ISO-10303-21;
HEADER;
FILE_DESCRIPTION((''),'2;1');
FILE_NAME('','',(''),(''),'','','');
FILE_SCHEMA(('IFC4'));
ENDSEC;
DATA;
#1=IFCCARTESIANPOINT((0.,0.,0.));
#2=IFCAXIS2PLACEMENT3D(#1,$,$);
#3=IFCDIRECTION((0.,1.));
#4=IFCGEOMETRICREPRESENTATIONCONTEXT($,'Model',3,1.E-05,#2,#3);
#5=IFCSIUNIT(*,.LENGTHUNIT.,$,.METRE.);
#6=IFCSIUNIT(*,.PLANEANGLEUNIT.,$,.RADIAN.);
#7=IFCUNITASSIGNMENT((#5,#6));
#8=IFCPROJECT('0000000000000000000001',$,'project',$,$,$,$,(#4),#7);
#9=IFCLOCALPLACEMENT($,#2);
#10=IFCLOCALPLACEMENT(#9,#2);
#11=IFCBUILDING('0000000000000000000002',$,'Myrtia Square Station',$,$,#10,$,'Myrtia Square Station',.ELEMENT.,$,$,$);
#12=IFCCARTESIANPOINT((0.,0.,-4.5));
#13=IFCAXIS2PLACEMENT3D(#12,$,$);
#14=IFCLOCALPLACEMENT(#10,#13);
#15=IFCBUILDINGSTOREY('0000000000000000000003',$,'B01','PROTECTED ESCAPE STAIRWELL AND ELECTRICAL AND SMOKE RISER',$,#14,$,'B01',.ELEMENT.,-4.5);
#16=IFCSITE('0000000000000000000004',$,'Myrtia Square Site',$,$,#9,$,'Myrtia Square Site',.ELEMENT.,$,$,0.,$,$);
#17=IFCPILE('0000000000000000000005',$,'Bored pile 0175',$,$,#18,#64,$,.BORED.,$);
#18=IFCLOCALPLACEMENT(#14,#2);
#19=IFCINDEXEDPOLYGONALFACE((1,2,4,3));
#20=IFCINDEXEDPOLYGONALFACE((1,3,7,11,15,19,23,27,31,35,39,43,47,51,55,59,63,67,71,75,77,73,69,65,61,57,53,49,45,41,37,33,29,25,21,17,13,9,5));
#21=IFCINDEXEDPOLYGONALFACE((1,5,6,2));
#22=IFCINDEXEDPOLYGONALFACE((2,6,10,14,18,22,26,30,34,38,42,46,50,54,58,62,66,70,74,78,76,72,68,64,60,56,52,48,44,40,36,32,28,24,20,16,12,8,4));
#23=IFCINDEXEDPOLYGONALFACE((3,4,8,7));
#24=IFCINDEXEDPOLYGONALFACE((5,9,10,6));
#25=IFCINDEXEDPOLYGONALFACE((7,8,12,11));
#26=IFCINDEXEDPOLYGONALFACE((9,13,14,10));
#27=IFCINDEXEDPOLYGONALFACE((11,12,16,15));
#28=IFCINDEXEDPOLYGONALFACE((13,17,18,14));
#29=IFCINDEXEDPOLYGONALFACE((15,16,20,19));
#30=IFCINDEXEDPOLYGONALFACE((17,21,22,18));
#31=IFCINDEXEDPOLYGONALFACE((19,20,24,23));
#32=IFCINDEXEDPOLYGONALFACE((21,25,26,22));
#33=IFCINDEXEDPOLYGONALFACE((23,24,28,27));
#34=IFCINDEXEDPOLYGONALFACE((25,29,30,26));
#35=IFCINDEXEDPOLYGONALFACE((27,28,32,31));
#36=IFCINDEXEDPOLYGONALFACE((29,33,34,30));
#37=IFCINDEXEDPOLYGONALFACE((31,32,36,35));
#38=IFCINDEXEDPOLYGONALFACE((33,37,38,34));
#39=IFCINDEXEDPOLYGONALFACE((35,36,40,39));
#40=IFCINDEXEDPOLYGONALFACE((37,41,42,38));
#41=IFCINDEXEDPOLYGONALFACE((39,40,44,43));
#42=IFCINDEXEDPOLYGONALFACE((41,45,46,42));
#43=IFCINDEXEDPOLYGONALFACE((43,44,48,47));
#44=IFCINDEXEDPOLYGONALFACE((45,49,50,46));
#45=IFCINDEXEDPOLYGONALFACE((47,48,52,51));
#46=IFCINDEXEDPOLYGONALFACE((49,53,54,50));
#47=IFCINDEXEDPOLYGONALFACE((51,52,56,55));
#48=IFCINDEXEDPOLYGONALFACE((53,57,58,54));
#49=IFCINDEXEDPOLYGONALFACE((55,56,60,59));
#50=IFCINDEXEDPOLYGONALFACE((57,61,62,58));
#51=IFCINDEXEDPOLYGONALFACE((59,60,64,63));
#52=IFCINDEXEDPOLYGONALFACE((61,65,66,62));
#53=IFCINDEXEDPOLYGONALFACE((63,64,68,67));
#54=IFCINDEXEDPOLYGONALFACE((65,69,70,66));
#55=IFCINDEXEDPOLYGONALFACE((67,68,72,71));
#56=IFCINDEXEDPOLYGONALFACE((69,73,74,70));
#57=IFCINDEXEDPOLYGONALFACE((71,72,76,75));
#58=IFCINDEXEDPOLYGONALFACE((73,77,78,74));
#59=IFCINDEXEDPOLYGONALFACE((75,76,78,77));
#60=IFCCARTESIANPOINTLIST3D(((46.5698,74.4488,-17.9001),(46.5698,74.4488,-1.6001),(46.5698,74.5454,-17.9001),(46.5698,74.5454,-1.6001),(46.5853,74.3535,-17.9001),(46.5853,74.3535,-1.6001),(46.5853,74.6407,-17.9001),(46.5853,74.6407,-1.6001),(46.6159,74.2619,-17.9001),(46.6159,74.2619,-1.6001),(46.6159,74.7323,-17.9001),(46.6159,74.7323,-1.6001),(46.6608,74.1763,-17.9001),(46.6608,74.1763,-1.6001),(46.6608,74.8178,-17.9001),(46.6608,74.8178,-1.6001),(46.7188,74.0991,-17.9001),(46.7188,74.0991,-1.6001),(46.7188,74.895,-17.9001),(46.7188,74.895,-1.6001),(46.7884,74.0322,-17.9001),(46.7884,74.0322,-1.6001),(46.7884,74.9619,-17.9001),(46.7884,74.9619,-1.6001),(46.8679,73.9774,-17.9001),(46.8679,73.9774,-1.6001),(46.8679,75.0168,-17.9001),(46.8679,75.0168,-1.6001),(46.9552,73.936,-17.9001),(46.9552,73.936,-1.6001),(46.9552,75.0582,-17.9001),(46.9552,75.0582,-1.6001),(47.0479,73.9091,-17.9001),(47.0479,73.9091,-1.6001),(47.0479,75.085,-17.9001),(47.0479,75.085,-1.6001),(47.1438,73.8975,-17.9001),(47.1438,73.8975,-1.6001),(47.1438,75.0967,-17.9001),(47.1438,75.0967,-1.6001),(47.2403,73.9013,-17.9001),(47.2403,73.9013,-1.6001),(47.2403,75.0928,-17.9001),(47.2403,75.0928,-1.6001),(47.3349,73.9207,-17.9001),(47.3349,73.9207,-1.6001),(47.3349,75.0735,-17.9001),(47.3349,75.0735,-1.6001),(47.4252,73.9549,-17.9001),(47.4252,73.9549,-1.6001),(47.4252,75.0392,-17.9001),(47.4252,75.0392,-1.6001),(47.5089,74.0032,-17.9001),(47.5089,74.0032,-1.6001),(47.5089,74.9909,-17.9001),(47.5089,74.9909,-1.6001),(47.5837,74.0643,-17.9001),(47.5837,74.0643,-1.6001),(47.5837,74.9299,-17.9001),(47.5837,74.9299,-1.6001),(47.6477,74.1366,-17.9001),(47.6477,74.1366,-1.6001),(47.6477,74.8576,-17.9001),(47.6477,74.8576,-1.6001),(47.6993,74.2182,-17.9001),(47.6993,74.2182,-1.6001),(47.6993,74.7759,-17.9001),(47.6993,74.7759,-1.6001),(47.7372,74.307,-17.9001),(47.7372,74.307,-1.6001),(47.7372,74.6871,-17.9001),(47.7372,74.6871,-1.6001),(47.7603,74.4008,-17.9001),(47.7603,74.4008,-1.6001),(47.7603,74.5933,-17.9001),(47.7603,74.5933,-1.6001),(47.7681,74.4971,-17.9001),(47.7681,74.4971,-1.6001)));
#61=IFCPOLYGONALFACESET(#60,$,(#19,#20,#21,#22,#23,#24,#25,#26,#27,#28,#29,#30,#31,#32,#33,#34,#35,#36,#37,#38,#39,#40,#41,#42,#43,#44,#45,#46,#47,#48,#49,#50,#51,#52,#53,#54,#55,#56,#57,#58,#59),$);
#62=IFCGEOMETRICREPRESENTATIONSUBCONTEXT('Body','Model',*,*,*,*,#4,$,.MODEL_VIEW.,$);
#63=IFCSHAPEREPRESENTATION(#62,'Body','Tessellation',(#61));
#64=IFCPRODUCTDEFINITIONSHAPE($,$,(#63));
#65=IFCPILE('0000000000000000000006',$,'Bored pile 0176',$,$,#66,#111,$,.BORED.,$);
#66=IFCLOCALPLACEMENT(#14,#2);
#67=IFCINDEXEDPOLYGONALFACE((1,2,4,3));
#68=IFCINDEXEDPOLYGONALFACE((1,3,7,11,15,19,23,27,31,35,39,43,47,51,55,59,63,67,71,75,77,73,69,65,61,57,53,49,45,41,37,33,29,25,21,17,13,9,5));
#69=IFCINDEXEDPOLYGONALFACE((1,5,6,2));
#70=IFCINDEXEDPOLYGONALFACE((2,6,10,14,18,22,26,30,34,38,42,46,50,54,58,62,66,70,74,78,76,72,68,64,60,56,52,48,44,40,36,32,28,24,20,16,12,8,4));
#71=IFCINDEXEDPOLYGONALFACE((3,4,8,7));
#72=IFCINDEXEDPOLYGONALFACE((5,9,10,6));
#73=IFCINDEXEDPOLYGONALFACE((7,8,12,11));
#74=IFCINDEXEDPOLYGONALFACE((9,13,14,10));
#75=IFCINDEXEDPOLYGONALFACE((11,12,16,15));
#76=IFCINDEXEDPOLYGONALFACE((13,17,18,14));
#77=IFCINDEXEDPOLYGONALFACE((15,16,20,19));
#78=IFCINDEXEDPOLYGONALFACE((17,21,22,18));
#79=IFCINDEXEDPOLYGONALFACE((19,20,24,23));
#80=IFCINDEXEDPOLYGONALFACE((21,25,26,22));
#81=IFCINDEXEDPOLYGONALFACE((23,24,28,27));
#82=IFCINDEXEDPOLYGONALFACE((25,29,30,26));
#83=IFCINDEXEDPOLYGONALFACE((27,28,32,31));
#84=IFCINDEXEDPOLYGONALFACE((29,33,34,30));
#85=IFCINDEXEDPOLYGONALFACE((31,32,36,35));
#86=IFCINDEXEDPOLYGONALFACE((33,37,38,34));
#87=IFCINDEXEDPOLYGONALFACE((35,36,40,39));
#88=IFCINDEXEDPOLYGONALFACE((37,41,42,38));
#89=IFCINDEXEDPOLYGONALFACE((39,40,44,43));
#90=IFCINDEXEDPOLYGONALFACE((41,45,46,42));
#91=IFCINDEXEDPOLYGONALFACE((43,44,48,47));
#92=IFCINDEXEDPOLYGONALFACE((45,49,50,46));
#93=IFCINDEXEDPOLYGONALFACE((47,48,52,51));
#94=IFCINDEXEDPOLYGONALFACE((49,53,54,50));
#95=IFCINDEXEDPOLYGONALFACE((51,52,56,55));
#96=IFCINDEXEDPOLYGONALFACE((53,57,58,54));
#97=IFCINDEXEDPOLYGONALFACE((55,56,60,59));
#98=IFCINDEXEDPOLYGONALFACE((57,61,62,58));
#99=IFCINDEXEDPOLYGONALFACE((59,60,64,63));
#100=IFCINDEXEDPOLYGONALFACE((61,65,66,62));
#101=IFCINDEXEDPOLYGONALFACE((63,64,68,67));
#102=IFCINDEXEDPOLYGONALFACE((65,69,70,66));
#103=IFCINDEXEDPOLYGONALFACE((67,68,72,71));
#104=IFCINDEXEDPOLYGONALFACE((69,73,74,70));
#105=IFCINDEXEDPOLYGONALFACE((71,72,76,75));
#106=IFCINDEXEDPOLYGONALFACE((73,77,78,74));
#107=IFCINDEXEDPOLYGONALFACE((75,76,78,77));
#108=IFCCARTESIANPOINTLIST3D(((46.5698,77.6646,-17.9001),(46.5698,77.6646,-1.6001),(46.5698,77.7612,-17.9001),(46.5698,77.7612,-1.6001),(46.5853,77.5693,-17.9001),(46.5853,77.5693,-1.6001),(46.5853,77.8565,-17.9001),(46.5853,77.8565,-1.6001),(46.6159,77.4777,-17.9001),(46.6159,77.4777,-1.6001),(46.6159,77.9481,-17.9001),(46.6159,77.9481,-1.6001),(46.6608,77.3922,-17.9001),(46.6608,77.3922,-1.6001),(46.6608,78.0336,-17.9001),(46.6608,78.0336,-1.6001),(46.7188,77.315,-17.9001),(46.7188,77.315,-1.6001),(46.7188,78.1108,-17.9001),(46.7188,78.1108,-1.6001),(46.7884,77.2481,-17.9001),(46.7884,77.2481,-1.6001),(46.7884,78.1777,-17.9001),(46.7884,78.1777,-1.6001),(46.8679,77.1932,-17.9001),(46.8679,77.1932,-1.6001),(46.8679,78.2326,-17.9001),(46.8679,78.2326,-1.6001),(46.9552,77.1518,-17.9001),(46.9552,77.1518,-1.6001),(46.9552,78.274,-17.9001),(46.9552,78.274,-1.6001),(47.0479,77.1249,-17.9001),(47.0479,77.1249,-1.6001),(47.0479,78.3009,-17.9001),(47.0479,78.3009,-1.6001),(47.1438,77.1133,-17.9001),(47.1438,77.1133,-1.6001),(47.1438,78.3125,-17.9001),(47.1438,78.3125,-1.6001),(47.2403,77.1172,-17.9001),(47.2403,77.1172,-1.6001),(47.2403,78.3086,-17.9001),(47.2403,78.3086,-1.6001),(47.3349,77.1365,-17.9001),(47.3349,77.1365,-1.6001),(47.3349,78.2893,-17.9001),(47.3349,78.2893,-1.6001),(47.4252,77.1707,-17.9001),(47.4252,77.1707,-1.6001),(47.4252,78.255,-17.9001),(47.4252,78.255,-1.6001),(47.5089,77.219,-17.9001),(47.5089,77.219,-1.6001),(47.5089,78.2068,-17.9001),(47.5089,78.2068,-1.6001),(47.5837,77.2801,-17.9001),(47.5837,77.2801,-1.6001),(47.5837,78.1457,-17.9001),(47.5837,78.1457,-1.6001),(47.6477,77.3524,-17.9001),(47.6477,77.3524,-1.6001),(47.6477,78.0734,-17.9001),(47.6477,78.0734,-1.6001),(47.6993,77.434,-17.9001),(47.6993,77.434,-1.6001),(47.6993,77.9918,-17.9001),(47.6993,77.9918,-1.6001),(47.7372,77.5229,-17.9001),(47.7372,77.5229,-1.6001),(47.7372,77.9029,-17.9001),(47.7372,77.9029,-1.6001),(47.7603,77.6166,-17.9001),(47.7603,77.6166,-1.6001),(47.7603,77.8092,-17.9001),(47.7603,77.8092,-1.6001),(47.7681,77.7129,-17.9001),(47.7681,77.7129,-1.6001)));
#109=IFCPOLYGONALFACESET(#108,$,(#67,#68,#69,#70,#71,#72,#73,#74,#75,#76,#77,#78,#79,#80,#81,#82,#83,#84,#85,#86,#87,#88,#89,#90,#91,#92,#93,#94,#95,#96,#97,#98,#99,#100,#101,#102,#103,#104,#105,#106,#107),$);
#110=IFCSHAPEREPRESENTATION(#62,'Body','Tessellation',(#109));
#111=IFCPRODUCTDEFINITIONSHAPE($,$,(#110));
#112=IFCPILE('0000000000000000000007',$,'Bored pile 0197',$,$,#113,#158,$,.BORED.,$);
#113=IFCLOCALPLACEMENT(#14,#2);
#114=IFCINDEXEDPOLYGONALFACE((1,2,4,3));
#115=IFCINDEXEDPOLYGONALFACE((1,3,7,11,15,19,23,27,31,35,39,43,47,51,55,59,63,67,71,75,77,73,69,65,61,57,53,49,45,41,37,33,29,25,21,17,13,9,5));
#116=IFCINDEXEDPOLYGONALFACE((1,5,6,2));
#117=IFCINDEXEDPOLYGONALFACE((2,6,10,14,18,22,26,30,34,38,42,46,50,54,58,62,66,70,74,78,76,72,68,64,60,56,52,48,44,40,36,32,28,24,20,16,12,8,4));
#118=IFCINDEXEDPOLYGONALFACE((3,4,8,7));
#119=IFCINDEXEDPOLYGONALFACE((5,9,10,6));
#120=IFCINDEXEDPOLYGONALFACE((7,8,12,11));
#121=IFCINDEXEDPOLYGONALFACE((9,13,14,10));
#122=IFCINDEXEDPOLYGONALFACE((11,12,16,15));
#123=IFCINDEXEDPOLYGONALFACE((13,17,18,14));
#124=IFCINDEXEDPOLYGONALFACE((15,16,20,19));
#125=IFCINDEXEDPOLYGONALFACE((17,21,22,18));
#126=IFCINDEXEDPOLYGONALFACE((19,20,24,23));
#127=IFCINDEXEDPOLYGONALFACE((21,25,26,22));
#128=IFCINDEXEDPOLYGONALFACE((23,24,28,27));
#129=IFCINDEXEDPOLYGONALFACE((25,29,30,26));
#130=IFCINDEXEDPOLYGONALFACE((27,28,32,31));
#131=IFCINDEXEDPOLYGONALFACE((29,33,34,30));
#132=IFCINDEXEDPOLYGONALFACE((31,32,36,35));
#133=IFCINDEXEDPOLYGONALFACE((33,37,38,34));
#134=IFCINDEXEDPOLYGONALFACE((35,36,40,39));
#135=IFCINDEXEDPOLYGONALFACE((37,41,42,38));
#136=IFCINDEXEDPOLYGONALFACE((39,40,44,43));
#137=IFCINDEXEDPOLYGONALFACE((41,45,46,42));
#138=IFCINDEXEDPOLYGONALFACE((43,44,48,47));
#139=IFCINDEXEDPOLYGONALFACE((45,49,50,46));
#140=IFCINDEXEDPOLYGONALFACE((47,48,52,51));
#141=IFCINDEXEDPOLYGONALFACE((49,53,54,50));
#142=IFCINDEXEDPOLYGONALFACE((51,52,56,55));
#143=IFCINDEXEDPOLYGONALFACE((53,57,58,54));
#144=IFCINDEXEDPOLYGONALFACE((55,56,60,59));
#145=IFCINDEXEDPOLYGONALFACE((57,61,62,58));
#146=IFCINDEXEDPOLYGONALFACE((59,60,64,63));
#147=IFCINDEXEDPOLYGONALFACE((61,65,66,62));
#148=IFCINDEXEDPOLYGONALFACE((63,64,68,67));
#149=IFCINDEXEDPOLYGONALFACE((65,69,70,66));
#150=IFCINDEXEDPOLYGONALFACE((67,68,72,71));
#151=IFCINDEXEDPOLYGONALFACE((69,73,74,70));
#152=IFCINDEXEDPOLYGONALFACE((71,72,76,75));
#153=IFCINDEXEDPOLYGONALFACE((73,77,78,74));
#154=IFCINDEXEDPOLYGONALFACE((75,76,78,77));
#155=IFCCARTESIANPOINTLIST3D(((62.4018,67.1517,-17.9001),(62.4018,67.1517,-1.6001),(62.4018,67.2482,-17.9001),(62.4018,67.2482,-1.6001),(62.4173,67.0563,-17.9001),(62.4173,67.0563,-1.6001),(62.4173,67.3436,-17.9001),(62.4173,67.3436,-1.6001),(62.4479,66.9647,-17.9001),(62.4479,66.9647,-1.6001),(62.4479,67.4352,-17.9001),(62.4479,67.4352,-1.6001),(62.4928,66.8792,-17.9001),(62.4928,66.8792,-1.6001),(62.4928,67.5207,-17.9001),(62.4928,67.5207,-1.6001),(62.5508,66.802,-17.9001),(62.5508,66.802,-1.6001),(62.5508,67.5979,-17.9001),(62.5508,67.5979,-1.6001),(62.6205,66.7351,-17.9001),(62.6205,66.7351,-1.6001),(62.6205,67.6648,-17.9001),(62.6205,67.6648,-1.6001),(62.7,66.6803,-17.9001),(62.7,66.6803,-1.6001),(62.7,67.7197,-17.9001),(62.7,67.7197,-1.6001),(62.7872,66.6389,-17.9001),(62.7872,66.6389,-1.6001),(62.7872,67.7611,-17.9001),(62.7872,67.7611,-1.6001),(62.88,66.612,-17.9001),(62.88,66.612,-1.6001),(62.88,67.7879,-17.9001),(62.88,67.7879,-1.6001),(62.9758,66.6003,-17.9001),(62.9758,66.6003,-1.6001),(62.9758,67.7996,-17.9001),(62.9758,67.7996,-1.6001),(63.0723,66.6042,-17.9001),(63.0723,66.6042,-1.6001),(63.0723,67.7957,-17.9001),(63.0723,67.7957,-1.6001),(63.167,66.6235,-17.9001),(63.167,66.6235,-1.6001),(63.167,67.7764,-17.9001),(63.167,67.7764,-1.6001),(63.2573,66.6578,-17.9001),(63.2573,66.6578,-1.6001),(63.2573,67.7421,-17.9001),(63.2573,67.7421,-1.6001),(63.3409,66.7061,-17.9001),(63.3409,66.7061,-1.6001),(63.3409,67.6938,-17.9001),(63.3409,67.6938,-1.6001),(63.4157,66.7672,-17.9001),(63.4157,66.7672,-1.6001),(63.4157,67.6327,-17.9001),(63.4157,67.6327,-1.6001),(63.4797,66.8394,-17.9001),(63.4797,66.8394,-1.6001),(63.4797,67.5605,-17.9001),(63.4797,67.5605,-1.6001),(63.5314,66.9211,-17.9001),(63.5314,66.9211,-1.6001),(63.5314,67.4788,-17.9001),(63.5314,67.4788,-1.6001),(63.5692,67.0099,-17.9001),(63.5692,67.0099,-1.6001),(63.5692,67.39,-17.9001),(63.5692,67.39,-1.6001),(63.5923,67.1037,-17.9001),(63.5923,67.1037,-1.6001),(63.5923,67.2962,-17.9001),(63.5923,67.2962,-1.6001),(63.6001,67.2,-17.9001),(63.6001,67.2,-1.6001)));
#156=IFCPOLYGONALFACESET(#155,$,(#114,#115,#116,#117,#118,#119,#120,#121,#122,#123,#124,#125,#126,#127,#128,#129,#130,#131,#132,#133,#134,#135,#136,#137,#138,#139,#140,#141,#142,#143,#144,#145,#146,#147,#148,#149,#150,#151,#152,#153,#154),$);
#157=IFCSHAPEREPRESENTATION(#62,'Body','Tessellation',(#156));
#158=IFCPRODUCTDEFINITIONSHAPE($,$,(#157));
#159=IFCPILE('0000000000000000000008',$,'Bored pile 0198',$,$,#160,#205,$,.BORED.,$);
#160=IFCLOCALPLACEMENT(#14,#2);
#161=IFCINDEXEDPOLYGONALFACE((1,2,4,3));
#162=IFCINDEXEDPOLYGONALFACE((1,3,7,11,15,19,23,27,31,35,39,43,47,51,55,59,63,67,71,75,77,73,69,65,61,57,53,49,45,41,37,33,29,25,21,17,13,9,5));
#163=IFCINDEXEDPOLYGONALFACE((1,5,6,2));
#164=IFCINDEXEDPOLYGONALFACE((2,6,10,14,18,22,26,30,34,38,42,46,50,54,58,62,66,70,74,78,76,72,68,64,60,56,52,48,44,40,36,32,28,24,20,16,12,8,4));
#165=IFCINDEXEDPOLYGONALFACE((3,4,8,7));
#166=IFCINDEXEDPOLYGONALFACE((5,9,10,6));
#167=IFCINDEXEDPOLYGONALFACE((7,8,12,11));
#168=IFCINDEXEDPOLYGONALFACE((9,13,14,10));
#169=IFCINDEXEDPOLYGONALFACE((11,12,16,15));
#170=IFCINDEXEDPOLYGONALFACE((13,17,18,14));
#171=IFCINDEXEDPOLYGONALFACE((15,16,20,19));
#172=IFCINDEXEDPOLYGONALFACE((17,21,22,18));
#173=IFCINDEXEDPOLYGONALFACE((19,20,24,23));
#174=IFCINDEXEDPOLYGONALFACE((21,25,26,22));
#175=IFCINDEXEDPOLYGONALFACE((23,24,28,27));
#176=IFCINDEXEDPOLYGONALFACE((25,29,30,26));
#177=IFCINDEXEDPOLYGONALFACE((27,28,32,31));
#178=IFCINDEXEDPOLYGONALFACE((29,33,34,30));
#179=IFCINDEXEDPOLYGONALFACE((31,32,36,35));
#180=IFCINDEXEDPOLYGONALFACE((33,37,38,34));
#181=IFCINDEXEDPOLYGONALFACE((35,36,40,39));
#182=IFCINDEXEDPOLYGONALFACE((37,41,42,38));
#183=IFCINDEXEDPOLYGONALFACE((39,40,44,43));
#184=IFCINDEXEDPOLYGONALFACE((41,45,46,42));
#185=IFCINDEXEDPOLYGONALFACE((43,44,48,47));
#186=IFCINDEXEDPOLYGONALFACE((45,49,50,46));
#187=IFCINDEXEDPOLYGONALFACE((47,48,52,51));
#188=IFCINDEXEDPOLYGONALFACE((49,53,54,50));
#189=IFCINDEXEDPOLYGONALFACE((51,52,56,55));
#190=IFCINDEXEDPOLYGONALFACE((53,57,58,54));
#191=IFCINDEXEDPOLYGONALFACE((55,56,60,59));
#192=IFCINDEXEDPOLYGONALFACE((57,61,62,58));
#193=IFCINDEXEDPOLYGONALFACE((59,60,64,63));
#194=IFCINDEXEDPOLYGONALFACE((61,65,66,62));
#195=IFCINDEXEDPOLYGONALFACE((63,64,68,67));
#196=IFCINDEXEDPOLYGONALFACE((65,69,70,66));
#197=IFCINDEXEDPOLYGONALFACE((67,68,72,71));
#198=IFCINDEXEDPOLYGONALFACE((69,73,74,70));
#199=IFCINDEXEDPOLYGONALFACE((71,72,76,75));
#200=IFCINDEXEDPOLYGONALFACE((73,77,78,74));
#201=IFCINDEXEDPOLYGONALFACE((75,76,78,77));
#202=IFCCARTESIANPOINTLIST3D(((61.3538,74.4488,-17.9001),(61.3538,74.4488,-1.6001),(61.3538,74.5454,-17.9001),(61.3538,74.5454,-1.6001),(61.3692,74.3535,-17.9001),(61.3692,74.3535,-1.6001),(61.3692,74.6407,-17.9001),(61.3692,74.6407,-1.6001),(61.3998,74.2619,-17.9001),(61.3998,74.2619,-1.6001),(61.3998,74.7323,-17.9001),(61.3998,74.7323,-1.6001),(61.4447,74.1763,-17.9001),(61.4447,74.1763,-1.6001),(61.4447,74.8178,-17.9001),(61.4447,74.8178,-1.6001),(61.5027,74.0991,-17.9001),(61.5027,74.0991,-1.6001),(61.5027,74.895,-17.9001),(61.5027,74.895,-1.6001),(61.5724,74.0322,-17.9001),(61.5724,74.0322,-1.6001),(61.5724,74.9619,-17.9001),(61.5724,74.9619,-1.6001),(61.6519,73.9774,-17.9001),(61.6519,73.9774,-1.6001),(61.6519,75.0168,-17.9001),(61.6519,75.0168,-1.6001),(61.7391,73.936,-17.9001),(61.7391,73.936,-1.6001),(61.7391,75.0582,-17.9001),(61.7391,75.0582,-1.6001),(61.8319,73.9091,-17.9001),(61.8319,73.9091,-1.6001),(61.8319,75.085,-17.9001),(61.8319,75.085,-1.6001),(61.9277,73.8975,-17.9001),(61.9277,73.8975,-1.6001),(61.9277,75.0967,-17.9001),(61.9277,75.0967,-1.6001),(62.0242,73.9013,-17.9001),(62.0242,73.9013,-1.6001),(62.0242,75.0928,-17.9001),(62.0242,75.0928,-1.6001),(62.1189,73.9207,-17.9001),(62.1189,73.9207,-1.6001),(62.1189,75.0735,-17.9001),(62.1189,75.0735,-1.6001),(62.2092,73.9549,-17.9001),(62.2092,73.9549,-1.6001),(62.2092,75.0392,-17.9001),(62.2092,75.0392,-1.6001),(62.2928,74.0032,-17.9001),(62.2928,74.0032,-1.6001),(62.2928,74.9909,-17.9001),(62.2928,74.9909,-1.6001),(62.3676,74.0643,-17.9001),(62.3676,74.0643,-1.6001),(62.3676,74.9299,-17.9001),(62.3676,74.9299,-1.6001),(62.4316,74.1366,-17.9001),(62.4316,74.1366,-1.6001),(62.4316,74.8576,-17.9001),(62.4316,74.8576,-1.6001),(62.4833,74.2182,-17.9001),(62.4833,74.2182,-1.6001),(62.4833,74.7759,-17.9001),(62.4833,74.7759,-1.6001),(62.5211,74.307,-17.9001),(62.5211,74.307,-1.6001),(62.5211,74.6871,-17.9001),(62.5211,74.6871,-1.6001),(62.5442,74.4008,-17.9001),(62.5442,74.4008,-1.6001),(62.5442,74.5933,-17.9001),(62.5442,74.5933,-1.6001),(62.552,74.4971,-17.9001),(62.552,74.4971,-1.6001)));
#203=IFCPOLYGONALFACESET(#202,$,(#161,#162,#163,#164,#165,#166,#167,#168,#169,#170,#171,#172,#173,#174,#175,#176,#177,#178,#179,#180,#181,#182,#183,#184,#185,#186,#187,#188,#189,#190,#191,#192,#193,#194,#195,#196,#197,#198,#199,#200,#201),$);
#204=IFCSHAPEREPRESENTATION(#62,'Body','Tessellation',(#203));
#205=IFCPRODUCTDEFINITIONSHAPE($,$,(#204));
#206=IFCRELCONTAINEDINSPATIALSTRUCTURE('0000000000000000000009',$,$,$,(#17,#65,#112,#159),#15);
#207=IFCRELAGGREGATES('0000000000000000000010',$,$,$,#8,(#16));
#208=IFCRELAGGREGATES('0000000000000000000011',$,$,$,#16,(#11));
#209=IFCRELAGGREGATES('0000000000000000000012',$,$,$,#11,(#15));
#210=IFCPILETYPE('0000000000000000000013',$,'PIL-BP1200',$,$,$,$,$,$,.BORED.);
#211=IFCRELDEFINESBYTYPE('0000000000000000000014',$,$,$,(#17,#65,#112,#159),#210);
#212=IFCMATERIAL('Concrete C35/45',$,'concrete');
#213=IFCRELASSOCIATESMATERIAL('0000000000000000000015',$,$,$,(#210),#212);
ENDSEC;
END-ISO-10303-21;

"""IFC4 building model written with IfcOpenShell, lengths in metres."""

from ifc_helpers import new_model, si_unit, direction, frame, origin, origin_2d, place, context, subcontext, project, spatial, circle, extrude, material, material_profile, profile_set, type_object, element, save


model = new_model("IFC4")

# Units and contexts
model_context = context("Model", 3, precision=1e-05, world=origin(), true_north=direction((0.0, 1.0)))
body_context = subcontext(model_context, "Body", "Model", "MODEL_VIEW")
ifc_project = project(units=[si_unit("LENGTHUNIT", "METRE"), si_unit("PLANEANGLEUNIT", "RADIAN")], contexts=[model_context])

# Site, building, storey
site_placement = place(None, origin())
site = spatial("IfcSite", under=ifc_project, at=site_placement, Name="Myrtia Square Site", LongName="Myrtia Square Site", CompositionType="ELEMENT", RefElevation=0.0)
building_placement = place(site_placement, origin())
building = spatial("IfcBuilding", under=site, at=building_placement, Name="Myrtia Square Station", LongName="Myrtia Square Station", CompositionType="ELEMENT")
storey_placement = place(building_placement, frame((0.0, 0.0, -4.5)))
storey = spatial("IfcBuildingStorey", under=building, at=storey_placement, Name="B01", Description="PROTECTED ESCAPE STAIRWELL AND ELECTRICAL AND SMOKE RISER", LongName="B01", CompositionType="ELEMENT", Elevation=-4.5)

# Shared definitions
ifc_material_1 = material(Name="Concrete C35/45", Category="concrete")

# Piles
ifc_material_profile_1 = material_profile(ifc_material_1, circle(Radius=0.6001, at=origin_2d()), Name="BP D1200")
ifc_profile_set_1 = profile_set([ifc_material_profile_1], Name="Concrete C35/45")
pile_type_1 = type_object("IfcPileType", Name="PIL-BP1200", PredefinedType="BORED", material=ifc_profile_set_1)
for number, where, z_axis, x_axis, name in (
    (1, (47.168, 74.4971, -1.6001), (0.0, 0.0, -1.0), (1.0, 0.0, 0.0), "Bored pile 0175"),
    (2, (47.168, 77.7129, -1.6001), (0.0, 0.0, -1.0), (1.0, 0.0, 0.0), "Bored pile 0176"),
    (3, (63.0, 67.2, -1.6001), (0.0, 0.0, -1.0), (1.0, 0.0, 0.0), "Bored pile 0197"),
    (4, (61.9519, 74.4971, -1.6001), (0.0, 0.0, -1.0), (1.0, 0.0, 0.0), "Bored pile 0198"),
):
    element("IfcPile", number, at=place(storey_placement, frame(where, z_axis=z_axis, x_axis=x_axis)), inside=storey, type_object=pile_type_1, Name=name, PredefinedType="BORED", context=body_context, shape_type="SweptSolid", body=[
        extrude(circle(Radius=0.6001, at=origin_2d()), origin(), (0.0, 0.0, 1.0), 16.3),
    ])

save(model, "model.ifc")
